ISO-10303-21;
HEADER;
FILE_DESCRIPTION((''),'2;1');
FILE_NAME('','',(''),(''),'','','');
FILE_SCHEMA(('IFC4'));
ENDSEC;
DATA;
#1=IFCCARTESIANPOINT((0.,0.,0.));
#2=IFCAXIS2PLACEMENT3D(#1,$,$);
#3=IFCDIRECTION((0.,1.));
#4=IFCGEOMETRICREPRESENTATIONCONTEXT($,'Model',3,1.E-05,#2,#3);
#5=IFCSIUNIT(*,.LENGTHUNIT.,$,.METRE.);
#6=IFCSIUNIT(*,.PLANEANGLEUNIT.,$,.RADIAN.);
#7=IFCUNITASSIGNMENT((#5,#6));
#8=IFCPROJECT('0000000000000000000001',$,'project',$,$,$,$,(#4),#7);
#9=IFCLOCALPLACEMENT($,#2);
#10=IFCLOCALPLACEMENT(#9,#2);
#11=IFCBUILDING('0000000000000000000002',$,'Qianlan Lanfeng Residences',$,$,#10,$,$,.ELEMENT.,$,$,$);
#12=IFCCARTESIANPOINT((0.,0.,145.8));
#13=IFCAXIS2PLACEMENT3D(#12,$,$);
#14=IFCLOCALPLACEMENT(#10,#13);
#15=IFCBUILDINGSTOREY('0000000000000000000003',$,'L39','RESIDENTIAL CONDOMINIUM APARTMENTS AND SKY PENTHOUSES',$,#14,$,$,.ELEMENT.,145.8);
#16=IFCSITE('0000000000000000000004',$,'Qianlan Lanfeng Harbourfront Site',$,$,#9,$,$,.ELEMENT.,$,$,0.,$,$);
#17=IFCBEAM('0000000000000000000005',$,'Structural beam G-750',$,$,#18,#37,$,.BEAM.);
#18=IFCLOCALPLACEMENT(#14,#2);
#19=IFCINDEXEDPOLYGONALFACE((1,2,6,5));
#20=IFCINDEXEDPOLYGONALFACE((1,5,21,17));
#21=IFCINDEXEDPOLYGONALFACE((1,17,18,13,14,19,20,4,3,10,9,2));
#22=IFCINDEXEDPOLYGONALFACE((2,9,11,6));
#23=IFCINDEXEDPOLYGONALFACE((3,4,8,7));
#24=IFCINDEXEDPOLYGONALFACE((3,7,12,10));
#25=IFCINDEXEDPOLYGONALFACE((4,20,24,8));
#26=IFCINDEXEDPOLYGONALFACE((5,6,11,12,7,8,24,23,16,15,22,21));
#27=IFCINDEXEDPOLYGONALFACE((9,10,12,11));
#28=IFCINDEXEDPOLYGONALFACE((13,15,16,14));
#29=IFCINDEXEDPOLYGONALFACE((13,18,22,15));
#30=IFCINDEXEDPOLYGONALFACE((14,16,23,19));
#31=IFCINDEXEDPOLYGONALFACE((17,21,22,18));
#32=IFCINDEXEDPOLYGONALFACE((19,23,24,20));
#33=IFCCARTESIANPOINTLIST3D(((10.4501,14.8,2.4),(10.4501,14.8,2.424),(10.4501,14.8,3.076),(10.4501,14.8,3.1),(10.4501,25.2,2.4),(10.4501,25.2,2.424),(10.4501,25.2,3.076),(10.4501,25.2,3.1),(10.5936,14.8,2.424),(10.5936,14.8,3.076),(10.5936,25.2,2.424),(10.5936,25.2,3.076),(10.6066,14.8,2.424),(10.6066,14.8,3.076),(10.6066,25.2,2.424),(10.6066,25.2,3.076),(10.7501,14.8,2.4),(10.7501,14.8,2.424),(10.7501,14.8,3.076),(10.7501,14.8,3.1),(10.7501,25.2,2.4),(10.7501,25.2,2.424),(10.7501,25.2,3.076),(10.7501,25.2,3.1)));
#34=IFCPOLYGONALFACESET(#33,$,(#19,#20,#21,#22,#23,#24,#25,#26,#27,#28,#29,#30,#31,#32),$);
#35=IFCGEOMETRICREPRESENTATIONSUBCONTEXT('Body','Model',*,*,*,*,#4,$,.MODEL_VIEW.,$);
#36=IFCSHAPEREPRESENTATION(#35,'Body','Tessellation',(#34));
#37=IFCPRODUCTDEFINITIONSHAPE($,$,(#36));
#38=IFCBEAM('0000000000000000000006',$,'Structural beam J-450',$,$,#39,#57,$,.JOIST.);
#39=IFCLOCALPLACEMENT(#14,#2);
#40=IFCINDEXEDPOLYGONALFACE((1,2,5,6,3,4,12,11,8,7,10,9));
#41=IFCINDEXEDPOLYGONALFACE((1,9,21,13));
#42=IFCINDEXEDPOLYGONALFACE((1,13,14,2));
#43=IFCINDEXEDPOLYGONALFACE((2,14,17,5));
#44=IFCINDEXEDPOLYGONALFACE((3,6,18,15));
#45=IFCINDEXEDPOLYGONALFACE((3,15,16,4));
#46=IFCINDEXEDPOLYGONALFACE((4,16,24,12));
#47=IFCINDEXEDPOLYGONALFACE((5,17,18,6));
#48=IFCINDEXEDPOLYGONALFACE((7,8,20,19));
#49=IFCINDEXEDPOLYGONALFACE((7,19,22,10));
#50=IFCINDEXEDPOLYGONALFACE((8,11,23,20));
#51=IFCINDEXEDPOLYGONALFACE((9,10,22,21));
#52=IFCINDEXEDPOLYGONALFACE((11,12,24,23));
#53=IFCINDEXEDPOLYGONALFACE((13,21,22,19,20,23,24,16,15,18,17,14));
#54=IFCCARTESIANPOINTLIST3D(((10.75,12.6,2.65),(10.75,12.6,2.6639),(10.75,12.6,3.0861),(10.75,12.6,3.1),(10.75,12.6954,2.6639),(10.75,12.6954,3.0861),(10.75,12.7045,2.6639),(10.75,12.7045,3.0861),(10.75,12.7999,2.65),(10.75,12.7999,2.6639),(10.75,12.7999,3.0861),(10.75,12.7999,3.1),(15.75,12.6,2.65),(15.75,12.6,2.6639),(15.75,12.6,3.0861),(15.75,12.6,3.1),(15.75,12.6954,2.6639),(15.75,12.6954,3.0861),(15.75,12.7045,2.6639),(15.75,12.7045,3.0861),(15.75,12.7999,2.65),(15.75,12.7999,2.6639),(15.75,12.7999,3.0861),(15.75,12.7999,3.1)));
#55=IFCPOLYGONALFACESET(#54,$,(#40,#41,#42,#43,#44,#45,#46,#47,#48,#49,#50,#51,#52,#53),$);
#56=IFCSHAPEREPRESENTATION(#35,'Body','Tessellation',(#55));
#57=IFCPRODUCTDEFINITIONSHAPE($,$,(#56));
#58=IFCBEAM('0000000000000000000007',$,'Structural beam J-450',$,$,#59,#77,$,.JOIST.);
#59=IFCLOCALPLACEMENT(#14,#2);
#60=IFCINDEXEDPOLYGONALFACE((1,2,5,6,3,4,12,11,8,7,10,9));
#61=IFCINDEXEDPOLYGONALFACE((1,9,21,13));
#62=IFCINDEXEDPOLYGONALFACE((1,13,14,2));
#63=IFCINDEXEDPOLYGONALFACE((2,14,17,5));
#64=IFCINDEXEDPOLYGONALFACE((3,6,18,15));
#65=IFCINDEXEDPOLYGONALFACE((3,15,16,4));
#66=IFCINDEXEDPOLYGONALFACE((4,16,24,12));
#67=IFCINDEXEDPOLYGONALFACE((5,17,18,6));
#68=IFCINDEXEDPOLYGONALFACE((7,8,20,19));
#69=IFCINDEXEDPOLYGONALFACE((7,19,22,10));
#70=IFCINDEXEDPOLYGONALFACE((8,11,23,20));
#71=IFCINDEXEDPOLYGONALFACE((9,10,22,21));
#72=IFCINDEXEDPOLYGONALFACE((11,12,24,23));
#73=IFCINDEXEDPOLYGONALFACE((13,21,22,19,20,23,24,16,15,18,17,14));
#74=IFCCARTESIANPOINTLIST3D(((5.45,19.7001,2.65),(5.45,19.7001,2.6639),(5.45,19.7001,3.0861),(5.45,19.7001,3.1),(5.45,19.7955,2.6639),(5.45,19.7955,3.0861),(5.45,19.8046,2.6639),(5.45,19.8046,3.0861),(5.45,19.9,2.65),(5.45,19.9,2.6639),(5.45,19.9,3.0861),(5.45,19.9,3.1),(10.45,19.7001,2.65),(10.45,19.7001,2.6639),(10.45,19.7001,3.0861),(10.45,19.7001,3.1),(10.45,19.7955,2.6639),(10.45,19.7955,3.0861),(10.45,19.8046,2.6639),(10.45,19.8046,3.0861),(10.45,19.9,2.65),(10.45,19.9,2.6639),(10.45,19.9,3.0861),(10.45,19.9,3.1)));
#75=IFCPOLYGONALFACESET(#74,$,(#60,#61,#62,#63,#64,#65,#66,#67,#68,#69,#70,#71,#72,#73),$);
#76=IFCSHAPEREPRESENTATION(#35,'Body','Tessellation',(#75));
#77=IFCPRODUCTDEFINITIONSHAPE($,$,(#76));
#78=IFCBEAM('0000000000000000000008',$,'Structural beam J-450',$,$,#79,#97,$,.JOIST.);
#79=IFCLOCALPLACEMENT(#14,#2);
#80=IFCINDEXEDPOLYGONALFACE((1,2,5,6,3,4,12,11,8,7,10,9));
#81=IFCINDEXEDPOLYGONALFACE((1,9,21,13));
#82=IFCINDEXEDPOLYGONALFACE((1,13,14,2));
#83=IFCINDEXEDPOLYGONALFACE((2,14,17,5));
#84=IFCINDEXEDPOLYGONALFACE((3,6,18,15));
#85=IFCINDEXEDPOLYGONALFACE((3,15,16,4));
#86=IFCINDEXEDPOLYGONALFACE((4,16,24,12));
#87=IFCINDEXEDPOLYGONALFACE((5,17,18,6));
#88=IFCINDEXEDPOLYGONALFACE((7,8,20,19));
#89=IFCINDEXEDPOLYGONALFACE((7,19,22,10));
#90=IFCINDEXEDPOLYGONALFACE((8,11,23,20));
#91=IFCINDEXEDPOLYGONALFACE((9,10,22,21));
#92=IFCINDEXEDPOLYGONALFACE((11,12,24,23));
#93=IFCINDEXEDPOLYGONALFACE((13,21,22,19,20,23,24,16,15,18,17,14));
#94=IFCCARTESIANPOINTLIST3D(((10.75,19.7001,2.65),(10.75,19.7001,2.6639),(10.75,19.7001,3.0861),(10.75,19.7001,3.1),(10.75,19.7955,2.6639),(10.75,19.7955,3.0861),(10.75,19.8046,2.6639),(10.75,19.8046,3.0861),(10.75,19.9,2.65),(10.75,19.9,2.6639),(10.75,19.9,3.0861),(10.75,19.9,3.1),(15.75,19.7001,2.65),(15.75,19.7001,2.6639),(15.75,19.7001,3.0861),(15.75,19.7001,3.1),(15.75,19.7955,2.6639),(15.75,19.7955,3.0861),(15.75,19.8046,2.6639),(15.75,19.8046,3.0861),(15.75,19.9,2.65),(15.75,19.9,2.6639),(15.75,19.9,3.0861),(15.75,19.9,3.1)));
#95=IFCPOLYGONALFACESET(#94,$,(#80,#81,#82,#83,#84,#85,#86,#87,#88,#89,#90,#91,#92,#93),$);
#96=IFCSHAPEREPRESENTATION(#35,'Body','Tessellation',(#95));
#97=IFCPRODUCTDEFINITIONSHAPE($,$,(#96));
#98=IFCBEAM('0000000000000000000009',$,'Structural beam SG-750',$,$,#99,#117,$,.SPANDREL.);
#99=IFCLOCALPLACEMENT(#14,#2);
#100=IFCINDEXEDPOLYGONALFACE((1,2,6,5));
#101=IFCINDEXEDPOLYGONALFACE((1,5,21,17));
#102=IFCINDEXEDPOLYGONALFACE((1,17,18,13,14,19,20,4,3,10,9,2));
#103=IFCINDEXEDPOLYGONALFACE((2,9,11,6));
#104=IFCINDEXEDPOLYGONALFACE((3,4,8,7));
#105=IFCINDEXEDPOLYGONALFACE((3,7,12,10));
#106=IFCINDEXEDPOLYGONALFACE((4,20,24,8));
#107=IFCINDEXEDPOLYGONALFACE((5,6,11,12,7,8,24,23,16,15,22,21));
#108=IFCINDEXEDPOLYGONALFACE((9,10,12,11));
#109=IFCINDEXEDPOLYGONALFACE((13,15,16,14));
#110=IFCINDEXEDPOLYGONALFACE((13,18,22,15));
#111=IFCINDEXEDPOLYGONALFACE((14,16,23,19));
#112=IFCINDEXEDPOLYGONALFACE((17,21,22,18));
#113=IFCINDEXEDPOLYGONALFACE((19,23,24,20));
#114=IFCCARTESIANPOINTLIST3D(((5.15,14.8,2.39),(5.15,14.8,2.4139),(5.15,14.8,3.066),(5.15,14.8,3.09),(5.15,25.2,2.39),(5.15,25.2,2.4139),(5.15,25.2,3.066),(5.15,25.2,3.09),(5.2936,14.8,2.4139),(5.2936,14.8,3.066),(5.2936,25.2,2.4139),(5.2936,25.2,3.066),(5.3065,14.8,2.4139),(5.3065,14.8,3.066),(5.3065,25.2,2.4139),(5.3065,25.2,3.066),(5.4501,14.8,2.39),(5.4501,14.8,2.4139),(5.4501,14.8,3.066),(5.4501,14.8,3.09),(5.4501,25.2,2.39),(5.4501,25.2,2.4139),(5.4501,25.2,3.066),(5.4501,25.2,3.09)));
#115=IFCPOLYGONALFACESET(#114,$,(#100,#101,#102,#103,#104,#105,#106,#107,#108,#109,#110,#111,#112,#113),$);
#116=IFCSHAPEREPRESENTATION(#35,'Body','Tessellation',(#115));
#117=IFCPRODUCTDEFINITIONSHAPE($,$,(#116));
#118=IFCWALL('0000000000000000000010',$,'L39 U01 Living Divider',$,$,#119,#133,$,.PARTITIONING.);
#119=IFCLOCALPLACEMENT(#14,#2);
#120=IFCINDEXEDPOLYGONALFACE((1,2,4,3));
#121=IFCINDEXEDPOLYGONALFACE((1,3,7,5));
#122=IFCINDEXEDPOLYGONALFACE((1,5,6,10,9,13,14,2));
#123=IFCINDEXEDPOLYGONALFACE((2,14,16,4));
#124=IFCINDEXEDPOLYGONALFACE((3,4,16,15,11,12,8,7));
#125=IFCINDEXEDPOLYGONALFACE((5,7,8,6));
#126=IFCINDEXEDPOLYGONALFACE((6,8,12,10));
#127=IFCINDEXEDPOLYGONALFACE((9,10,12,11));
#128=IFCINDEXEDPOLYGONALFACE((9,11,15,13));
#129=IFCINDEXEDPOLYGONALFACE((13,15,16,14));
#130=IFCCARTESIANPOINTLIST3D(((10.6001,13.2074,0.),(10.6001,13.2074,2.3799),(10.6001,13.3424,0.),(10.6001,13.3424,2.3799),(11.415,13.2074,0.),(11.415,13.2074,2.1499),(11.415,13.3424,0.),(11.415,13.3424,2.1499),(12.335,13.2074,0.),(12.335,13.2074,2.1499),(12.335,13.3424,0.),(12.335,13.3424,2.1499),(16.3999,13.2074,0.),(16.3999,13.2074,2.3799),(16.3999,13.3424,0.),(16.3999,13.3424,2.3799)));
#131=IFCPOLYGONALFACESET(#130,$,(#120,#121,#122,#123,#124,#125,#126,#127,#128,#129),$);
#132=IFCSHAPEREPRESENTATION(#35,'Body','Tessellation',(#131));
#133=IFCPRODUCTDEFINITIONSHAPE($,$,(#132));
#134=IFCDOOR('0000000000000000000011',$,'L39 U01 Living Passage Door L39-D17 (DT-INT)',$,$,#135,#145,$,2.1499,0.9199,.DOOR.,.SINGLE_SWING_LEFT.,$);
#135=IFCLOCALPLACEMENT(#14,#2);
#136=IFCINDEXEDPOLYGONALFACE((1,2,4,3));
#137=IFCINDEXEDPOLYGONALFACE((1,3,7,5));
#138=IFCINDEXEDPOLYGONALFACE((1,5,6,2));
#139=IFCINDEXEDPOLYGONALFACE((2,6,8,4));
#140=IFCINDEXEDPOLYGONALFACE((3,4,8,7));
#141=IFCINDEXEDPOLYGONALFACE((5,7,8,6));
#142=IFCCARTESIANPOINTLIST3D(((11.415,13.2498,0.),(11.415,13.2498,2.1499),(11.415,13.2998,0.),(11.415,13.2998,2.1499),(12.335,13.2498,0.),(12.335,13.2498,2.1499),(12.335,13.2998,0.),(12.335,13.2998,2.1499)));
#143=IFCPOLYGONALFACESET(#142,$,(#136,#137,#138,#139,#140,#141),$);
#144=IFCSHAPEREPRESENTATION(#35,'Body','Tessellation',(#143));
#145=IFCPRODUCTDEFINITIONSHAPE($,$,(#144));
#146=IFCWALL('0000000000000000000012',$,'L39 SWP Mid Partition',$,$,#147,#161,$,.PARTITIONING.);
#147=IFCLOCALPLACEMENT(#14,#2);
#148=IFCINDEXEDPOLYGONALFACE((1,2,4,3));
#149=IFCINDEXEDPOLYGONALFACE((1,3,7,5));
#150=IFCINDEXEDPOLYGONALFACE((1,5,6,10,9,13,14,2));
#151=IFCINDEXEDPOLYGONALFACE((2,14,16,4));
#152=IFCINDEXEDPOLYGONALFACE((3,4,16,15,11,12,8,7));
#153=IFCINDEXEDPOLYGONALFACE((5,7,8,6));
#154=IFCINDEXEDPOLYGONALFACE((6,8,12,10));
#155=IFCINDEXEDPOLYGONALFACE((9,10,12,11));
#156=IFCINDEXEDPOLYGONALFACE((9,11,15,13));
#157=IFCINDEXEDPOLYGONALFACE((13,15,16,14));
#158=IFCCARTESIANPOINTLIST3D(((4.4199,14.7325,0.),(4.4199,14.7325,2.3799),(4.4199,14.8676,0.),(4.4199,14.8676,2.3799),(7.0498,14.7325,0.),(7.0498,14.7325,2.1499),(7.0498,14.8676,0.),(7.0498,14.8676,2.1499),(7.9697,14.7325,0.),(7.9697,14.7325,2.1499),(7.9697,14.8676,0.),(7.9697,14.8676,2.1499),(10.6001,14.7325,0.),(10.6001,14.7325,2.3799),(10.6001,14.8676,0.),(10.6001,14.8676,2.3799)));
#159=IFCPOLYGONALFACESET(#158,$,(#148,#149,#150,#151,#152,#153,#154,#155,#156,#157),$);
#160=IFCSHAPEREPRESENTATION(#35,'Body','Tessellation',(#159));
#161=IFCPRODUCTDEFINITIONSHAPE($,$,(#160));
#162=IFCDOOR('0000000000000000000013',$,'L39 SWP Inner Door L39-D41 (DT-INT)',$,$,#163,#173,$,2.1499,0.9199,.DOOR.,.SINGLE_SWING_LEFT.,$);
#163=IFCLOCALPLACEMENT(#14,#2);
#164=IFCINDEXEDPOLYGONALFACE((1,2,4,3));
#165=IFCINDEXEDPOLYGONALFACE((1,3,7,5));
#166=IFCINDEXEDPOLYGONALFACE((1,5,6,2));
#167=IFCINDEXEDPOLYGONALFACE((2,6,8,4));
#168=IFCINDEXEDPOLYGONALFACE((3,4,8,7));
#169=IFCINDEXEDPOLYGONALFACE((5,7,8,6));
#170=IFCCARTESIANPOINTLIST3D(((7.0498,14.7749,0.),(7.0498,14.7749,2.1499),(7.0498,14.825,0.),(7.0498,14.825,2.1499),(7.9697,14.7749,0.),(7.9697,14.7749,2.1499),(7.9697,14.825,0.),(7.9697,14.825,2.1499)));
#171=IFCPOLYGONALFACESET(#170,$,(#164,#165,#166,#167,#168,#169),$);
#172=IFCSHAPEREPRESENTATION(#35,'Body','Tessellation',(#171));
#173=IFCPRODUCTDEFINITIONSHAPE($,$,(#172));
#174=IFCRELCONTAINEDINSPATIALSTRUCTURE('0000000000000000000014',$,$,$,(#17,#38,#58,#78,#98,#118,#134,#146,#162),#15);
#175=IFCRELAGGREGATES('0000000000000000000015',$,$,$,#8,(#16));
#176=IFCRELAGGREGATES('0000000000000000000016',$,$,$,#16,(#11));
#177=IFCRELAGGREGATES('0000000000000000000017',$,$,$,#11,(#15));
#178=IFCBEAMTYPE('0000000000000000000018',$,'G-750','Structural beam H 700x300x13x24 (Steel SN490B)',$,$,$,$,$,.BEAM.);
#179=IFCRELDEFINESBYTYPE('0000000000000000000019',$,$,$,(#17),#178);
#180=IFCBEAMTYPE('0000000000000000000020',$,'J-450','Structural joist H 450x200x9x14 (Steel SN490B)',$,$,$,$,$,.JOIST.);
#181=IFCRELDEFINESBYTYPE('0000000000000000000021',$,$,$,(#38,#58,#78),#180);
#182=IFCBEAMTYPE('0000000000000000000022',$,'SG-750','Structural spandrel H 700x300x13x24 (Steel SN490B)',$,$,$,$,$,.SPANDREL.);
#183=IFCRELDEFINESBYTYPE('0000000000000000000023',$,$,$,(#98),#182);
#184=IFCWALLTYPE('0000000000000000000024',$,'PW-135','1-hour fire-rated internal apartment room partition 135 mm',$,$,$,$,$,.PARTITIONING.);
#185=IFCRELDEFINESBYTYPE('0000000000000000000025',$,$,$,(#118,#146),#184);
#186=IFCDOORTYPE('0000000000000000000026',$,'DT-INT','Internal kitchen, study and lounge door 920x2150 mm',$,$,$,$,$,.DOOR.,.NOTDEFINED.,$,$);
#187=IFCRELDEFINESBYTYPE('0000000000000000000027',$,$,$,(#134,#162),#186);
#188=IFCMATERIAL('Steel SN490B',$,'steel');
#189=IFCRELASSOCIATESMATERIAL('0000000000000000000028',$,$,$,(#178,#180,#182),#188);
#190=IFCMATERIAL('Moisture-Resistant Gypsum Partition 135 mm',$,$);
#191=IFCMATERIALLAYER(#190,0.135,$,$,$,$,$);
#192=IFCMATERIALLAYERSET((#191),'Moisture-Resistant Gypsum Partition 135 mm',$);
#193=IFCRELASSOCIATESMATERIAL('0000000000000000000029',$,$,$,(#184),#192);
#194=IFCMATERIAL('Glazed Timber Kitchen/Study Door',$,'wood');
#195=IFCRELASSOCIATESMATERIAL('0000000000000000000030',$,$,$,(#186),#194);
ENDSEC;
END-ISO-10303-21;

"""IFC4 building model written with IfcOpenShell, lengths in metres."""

from ifc_helpers import new_model, si_unit, direction, frame, frame_2d, origin, origin_2d, place, context, subcontext, project, spatial, rectangle, i_section, extrude, material, layer, layer_set, material_profile, profile_set, type_object, element, fill, save


model = new_model("IFC4")

# Units and contexts
model_context = context("Model", 3, precision=1e-05, world=origin(), true_north=direction((0.0, 1.0)))
body_context = subcontext(model_context, "Body", "Model", "MODEL_VIEW")
ifc_project = project(units=[si_unit("LENGTHUNIT", "METRE"), si_unit("PLANEANGLEUNIT", "RADIAN")], contexts=[model_context])

# Site, building, storey
site_placement = place(None, origin())
site = spatial("IfcSite", under=ifc_project, at=site_placement, Name="Qianlan Lanfeng Harbourfront Site", CompositionType="ELEMENT", RefElevation=0.0)
building_placement = place(site_placement, origin())
building = spatial("IfcBuilding", under=site, at=building_placement, Name="Qianlan Lanfeng Residences", CompositionType="ELEMENT")
storey_placement = place(building_placement, frame((0.0, 0.0, 145.8)))
storey = spatial("IfcBuildingStorey", under=building, at=storey_placement, Name="L39", Description="RESIDENTIAL CONDOMINIUM APARTMENTS AND SKY PENTHOUSES", CompositionType="ELEMENT", Elevation=145.8)

# Shared definitions
ifc_material_1 = material(Name="Steel SN490B", Category="steel")

# Beams
ifc_material_profile_1 = material_profile(ifc_material_1, i_section(OverallWidth=0.3, OverallDepth=0.7, WebThickness=0.0129, FlangeThickness=0.0239, at=origin_2d()), Name="H 700x300x13x24")
ifc_profile_set_1 = profile_set([ifc_material_profile_1], Name="Steel SN490B")
beam_type_1 = type_object("IfcBeamType", Name="G-750", Description="Structural beam H 700x300x13x24 (Steel SN490B)", PredefinedType="BEAM", material=ifc_profile_set_1)
beam_1_placement = place(storey_placement, frame((10.6001, 14.8, 2.75), z_axis=(0.0, 1.0, 0.0), x_axis=(-1.0, 0.0, 0.0)))
element("IfcBeam", 1, at=beam_1_placement, inside=storey, type_object=beam_type_1, Name="Structural beam G-750", PredefinedType="BEAM", context=body_context, shape_type="SweptSolid", body=[
    extrude(i_section(OverallWidth=0.3, OverallDepth=0.7, WebThickness=0.0129, FlangeThickness=0.0239, at=origin_2d()), origin(), (0.0, 0.0, 1.0), 10.3999),
])
ifc_material_profile_2 = material_profile(ifc_material_1, i_section(OverallWidth=0.2, OverallDepth=0.45, WebThickness=0.009, FlangeThickness=0.0139, at=origin_2d()), Name="H 450x200x9x14")
ifc_profile_set_2 = profile_set([ifc_material_profile_2], Name="Steel SN490B")
beam_type_2 = type_object("IfcBeamType", Name="J-450", Description="Structural joist H 450x200x9x14 (Steel SN490B)", PredefinedType="JOIST", material=ifc_profile_set_2)
for number, where, z_axis, x_axis, name in (
    (2, (10.75, 12.7, 2.875), (1.0, 0.0, 0.0), (0.0, 1.0, 0.0), "Structural beam J-450"),
    (3, (5.45, 19.8, 2.875), (1.0, 0.0, 0.0), (0.0, 1.0, 0.0), "Structural beam J-450"),
    (4, (10.75, 19.8, 2.875), (1.0, 0.0, 0.0), (0.0, 1.0, 0.0), "Structural beam J-450"),
):
    element("IfcBeam", number, at=place(storey_placement, frame(where, z_axis=z_axis, x_axis=x_axis)), inside=storey, type_object=beam_type_2, Name=name, PredefinedType="JOIST", context=body_context, shape_type="SweptSolid", body=[
        extrude(i_section(OverallWidth=0.2, OverallDepth=0.45, WebThickness=0.009, FlangeThickness=0.0139, at=origin_2d()), origin(), (0.0, 0.0, 1.0), 5.0),
    ])
ifc_material_profile_3 = material_profile(ifc_material_1, i_section(OverallWidth=0.3, OverallDepth=0.7, WebThickness=0.0129, FlangeThickness=0.0239, at=origin_2d()), Name="H 700x300x13x24")
ifc_profile_set_3 = profile_set([ifc_material_profile_3], Name="Steel SN490B")
beam_type_3 = type_object("IfcBeamType", Name="SG-750", Description="Structural spandrel H 700x300x13x24 (Steel SN490B)", PredefinedType="SPANDREL", material=ifc_profile_set_3)
beam_2_placement = place(storey_placement, frame((5.3, 14.8, 2.74), z_axis=(0.0, 1.0, 0.0), x_axis=(-1.0, 0.0, 0.0)))
element("IfcBeam", 5, at=beam_2_placement, inside=storey, type_object=beam_type_3, Name="Structural beam SG-750", PredefinedType="SPANDREL", context=body_context, shape_type="SweptSolid", body=[
    extrude(i_section(OverallWidth=0.3, OverallDepth=0.7, WebThickness=0.0129, FlangeThickness=0.0239, at=origin_2d()), origin(), (0.0, 0.0, 1.0), 10.3999),
])

# Walls, openings, doors
ifc_material_2 = material(Name="Moisture-Resistant Gypsum Partition 135 mm")
ifc_layer_1 = layer(ifc_material_2, 0.135)
ifc_layer_set_1 = layer_set([ifc_layer_1], Name="Moisture-Resistant Gypsum Partition 135 mm")
wall_type_1 = type_object("IfcWallType", Name="PW-135", Description="1-hour fire-rated internal apartment room partition 135 mm", PredefinedType="PARTITIONING", material=ifc_layer_set_1)
wall_1_placement = place(storey_placement, frame((10.6001, 13.2749, 0.0), z_axis=(0.0, 0.0, 1.0), x_axis=(1.0, 0.0, 0.0)))
wall_1 = element("IfcWall", 6, at=wall_1_placement, inside=storey, type_object=wall_type_1, Name="L39 U01 Living Divider", PredefinedType="PARTITIONING", context=body_context, shape_type="SweptSolid", body=[
    extrude(rectangle(XDim=5.7998, YDim=0.135, at=frame_2d((2.8999, 0.0))), origin(), (0.0, 0.0, 1.0), 2.3799),
])
opening_1_placement = place(wall_1_placement, frame((0.8149, 0.0, 0.0)))
opening_1 = element("IfcOpeningElement", 7, at=opening_1_placement, cuts=wall_1, PredefinedType="OPENING", context=body_context, shape_type="SweptSolid", body=[
    extrude(rectangle(XDim=0.9199, YDim=2.1499, at=frame_2d((0.46, 1.075))), frame((0.0, 0.0776, 0.0), z_axis=(0.0, -1.0, 0.0), x_axis=(1.0, 0.0, 0.0)), (0.0, 0.0, 1.0), 0.155),
])
ifc_material_3 = material(Name="Glazed Timber Kitchen/Study Door", Category="wood")
door_type_1 = type_object("IfcDoorType", Name="DT-INT", Description="Internal kitchen, study and lounge door 920x2150 mm", OperationType="NOTDEFINED", PredefinedType="DOOR", material=ifc_material_3)
door_1_placement = place(opening_1_placement, origin())
door_1 = element("IfcDoor", 8, at=door_1_placement, inside=storey, type_object=door_type_1, Name="L39 U01 Living Passage Door L39-D17 (DT-INT)", OperationType="SINGLE_SWING_LEFT", OverallHeight=2.1499, OverallWidth=0.9199, PredefinedType="DOOR", context=body_context, shape_type="SweptSolid", body=[
    extrude(rectangle(XDim=0.9199, YDim=2.1499, at=frame_2d((0.46, 1.075))), frame((0.0, 0.0249, 0.0), z_axis=(0.0, -1.0, 0.0), x_axis=(1.0, 0.0, 0.0)), (0.0, 0.0, 1.0), 0.05),
])
fill(opening_1, door_1)
wall_2_placement = place(storey_placement, frame((4.4199, 14.8, 0.0), z_axis=(0.0, 0.0, 1.0), x_axis=(1.0, 0.0, 0.0)))
wall_2 = element("IfcWall", 9, at=wall_2_placement, inside=storey, type_object=wall_type_1, Name="L39 SWP Mid Partition", PredefinedType="PARTITIONING", context=body_context, shape_type="SweptSolid", body=[
    extrude(rectangle(XDim=6.1802, YDim=0.135, at=frame_2d((3.0901, 0.0))), origin(), (0.0, 0.0, 1.0), 2.3799),
])
opening_2_placement = place(wall_2_placement, frame((2.6299, 0.0, 0.0)))
opening_2 = element("IfcOpeningElement", 10, at=opening_2_placement, cuts=wall_2, PredefinedType="OPENING", context=body_context, shape_type="SweptSolid", body=[
    extrude(rectangle(XDim=0.9199, YDim=2.1499, at=frame_2d((0.46, 1.075))), frame((0.0, 0.0776, 0.0), z_axis=(0.0, -1.0, 0.0), x_axis=(1.0, 0.0, 0.0)), (0.0, 0.0, 1.0), 0.155),
])
door_2_placement = place(opening_2_placement, origin())
door_2 = element("IfcDoor", 11, at=door_2_placement, inside=storey, type_object=door_type_1, Name="L39 SWP Inner Door L39-D41 (DT-INT)", OperationType="SINGLE_SWING_LEFT", OverallHeight=2.1499, OverallWidth=0.9199, PredefinedType="DOOR", context=body_context, shape_type="SweptSolid", body=[
    extrude(rectangle(XDim=0.9199, YDim=2.1499, at=frame_2d((0.46, 1.075))), frame((0.0, 0.0249, 0.0), z_axis=(0.0, -1.0, 0.0), x_axis=(1.0, 0.0, 0.0)), (0.0, 0.0, 1.0), 0.05),
])
fill(opening_2, door_2)

save(model, "model.ifc")
